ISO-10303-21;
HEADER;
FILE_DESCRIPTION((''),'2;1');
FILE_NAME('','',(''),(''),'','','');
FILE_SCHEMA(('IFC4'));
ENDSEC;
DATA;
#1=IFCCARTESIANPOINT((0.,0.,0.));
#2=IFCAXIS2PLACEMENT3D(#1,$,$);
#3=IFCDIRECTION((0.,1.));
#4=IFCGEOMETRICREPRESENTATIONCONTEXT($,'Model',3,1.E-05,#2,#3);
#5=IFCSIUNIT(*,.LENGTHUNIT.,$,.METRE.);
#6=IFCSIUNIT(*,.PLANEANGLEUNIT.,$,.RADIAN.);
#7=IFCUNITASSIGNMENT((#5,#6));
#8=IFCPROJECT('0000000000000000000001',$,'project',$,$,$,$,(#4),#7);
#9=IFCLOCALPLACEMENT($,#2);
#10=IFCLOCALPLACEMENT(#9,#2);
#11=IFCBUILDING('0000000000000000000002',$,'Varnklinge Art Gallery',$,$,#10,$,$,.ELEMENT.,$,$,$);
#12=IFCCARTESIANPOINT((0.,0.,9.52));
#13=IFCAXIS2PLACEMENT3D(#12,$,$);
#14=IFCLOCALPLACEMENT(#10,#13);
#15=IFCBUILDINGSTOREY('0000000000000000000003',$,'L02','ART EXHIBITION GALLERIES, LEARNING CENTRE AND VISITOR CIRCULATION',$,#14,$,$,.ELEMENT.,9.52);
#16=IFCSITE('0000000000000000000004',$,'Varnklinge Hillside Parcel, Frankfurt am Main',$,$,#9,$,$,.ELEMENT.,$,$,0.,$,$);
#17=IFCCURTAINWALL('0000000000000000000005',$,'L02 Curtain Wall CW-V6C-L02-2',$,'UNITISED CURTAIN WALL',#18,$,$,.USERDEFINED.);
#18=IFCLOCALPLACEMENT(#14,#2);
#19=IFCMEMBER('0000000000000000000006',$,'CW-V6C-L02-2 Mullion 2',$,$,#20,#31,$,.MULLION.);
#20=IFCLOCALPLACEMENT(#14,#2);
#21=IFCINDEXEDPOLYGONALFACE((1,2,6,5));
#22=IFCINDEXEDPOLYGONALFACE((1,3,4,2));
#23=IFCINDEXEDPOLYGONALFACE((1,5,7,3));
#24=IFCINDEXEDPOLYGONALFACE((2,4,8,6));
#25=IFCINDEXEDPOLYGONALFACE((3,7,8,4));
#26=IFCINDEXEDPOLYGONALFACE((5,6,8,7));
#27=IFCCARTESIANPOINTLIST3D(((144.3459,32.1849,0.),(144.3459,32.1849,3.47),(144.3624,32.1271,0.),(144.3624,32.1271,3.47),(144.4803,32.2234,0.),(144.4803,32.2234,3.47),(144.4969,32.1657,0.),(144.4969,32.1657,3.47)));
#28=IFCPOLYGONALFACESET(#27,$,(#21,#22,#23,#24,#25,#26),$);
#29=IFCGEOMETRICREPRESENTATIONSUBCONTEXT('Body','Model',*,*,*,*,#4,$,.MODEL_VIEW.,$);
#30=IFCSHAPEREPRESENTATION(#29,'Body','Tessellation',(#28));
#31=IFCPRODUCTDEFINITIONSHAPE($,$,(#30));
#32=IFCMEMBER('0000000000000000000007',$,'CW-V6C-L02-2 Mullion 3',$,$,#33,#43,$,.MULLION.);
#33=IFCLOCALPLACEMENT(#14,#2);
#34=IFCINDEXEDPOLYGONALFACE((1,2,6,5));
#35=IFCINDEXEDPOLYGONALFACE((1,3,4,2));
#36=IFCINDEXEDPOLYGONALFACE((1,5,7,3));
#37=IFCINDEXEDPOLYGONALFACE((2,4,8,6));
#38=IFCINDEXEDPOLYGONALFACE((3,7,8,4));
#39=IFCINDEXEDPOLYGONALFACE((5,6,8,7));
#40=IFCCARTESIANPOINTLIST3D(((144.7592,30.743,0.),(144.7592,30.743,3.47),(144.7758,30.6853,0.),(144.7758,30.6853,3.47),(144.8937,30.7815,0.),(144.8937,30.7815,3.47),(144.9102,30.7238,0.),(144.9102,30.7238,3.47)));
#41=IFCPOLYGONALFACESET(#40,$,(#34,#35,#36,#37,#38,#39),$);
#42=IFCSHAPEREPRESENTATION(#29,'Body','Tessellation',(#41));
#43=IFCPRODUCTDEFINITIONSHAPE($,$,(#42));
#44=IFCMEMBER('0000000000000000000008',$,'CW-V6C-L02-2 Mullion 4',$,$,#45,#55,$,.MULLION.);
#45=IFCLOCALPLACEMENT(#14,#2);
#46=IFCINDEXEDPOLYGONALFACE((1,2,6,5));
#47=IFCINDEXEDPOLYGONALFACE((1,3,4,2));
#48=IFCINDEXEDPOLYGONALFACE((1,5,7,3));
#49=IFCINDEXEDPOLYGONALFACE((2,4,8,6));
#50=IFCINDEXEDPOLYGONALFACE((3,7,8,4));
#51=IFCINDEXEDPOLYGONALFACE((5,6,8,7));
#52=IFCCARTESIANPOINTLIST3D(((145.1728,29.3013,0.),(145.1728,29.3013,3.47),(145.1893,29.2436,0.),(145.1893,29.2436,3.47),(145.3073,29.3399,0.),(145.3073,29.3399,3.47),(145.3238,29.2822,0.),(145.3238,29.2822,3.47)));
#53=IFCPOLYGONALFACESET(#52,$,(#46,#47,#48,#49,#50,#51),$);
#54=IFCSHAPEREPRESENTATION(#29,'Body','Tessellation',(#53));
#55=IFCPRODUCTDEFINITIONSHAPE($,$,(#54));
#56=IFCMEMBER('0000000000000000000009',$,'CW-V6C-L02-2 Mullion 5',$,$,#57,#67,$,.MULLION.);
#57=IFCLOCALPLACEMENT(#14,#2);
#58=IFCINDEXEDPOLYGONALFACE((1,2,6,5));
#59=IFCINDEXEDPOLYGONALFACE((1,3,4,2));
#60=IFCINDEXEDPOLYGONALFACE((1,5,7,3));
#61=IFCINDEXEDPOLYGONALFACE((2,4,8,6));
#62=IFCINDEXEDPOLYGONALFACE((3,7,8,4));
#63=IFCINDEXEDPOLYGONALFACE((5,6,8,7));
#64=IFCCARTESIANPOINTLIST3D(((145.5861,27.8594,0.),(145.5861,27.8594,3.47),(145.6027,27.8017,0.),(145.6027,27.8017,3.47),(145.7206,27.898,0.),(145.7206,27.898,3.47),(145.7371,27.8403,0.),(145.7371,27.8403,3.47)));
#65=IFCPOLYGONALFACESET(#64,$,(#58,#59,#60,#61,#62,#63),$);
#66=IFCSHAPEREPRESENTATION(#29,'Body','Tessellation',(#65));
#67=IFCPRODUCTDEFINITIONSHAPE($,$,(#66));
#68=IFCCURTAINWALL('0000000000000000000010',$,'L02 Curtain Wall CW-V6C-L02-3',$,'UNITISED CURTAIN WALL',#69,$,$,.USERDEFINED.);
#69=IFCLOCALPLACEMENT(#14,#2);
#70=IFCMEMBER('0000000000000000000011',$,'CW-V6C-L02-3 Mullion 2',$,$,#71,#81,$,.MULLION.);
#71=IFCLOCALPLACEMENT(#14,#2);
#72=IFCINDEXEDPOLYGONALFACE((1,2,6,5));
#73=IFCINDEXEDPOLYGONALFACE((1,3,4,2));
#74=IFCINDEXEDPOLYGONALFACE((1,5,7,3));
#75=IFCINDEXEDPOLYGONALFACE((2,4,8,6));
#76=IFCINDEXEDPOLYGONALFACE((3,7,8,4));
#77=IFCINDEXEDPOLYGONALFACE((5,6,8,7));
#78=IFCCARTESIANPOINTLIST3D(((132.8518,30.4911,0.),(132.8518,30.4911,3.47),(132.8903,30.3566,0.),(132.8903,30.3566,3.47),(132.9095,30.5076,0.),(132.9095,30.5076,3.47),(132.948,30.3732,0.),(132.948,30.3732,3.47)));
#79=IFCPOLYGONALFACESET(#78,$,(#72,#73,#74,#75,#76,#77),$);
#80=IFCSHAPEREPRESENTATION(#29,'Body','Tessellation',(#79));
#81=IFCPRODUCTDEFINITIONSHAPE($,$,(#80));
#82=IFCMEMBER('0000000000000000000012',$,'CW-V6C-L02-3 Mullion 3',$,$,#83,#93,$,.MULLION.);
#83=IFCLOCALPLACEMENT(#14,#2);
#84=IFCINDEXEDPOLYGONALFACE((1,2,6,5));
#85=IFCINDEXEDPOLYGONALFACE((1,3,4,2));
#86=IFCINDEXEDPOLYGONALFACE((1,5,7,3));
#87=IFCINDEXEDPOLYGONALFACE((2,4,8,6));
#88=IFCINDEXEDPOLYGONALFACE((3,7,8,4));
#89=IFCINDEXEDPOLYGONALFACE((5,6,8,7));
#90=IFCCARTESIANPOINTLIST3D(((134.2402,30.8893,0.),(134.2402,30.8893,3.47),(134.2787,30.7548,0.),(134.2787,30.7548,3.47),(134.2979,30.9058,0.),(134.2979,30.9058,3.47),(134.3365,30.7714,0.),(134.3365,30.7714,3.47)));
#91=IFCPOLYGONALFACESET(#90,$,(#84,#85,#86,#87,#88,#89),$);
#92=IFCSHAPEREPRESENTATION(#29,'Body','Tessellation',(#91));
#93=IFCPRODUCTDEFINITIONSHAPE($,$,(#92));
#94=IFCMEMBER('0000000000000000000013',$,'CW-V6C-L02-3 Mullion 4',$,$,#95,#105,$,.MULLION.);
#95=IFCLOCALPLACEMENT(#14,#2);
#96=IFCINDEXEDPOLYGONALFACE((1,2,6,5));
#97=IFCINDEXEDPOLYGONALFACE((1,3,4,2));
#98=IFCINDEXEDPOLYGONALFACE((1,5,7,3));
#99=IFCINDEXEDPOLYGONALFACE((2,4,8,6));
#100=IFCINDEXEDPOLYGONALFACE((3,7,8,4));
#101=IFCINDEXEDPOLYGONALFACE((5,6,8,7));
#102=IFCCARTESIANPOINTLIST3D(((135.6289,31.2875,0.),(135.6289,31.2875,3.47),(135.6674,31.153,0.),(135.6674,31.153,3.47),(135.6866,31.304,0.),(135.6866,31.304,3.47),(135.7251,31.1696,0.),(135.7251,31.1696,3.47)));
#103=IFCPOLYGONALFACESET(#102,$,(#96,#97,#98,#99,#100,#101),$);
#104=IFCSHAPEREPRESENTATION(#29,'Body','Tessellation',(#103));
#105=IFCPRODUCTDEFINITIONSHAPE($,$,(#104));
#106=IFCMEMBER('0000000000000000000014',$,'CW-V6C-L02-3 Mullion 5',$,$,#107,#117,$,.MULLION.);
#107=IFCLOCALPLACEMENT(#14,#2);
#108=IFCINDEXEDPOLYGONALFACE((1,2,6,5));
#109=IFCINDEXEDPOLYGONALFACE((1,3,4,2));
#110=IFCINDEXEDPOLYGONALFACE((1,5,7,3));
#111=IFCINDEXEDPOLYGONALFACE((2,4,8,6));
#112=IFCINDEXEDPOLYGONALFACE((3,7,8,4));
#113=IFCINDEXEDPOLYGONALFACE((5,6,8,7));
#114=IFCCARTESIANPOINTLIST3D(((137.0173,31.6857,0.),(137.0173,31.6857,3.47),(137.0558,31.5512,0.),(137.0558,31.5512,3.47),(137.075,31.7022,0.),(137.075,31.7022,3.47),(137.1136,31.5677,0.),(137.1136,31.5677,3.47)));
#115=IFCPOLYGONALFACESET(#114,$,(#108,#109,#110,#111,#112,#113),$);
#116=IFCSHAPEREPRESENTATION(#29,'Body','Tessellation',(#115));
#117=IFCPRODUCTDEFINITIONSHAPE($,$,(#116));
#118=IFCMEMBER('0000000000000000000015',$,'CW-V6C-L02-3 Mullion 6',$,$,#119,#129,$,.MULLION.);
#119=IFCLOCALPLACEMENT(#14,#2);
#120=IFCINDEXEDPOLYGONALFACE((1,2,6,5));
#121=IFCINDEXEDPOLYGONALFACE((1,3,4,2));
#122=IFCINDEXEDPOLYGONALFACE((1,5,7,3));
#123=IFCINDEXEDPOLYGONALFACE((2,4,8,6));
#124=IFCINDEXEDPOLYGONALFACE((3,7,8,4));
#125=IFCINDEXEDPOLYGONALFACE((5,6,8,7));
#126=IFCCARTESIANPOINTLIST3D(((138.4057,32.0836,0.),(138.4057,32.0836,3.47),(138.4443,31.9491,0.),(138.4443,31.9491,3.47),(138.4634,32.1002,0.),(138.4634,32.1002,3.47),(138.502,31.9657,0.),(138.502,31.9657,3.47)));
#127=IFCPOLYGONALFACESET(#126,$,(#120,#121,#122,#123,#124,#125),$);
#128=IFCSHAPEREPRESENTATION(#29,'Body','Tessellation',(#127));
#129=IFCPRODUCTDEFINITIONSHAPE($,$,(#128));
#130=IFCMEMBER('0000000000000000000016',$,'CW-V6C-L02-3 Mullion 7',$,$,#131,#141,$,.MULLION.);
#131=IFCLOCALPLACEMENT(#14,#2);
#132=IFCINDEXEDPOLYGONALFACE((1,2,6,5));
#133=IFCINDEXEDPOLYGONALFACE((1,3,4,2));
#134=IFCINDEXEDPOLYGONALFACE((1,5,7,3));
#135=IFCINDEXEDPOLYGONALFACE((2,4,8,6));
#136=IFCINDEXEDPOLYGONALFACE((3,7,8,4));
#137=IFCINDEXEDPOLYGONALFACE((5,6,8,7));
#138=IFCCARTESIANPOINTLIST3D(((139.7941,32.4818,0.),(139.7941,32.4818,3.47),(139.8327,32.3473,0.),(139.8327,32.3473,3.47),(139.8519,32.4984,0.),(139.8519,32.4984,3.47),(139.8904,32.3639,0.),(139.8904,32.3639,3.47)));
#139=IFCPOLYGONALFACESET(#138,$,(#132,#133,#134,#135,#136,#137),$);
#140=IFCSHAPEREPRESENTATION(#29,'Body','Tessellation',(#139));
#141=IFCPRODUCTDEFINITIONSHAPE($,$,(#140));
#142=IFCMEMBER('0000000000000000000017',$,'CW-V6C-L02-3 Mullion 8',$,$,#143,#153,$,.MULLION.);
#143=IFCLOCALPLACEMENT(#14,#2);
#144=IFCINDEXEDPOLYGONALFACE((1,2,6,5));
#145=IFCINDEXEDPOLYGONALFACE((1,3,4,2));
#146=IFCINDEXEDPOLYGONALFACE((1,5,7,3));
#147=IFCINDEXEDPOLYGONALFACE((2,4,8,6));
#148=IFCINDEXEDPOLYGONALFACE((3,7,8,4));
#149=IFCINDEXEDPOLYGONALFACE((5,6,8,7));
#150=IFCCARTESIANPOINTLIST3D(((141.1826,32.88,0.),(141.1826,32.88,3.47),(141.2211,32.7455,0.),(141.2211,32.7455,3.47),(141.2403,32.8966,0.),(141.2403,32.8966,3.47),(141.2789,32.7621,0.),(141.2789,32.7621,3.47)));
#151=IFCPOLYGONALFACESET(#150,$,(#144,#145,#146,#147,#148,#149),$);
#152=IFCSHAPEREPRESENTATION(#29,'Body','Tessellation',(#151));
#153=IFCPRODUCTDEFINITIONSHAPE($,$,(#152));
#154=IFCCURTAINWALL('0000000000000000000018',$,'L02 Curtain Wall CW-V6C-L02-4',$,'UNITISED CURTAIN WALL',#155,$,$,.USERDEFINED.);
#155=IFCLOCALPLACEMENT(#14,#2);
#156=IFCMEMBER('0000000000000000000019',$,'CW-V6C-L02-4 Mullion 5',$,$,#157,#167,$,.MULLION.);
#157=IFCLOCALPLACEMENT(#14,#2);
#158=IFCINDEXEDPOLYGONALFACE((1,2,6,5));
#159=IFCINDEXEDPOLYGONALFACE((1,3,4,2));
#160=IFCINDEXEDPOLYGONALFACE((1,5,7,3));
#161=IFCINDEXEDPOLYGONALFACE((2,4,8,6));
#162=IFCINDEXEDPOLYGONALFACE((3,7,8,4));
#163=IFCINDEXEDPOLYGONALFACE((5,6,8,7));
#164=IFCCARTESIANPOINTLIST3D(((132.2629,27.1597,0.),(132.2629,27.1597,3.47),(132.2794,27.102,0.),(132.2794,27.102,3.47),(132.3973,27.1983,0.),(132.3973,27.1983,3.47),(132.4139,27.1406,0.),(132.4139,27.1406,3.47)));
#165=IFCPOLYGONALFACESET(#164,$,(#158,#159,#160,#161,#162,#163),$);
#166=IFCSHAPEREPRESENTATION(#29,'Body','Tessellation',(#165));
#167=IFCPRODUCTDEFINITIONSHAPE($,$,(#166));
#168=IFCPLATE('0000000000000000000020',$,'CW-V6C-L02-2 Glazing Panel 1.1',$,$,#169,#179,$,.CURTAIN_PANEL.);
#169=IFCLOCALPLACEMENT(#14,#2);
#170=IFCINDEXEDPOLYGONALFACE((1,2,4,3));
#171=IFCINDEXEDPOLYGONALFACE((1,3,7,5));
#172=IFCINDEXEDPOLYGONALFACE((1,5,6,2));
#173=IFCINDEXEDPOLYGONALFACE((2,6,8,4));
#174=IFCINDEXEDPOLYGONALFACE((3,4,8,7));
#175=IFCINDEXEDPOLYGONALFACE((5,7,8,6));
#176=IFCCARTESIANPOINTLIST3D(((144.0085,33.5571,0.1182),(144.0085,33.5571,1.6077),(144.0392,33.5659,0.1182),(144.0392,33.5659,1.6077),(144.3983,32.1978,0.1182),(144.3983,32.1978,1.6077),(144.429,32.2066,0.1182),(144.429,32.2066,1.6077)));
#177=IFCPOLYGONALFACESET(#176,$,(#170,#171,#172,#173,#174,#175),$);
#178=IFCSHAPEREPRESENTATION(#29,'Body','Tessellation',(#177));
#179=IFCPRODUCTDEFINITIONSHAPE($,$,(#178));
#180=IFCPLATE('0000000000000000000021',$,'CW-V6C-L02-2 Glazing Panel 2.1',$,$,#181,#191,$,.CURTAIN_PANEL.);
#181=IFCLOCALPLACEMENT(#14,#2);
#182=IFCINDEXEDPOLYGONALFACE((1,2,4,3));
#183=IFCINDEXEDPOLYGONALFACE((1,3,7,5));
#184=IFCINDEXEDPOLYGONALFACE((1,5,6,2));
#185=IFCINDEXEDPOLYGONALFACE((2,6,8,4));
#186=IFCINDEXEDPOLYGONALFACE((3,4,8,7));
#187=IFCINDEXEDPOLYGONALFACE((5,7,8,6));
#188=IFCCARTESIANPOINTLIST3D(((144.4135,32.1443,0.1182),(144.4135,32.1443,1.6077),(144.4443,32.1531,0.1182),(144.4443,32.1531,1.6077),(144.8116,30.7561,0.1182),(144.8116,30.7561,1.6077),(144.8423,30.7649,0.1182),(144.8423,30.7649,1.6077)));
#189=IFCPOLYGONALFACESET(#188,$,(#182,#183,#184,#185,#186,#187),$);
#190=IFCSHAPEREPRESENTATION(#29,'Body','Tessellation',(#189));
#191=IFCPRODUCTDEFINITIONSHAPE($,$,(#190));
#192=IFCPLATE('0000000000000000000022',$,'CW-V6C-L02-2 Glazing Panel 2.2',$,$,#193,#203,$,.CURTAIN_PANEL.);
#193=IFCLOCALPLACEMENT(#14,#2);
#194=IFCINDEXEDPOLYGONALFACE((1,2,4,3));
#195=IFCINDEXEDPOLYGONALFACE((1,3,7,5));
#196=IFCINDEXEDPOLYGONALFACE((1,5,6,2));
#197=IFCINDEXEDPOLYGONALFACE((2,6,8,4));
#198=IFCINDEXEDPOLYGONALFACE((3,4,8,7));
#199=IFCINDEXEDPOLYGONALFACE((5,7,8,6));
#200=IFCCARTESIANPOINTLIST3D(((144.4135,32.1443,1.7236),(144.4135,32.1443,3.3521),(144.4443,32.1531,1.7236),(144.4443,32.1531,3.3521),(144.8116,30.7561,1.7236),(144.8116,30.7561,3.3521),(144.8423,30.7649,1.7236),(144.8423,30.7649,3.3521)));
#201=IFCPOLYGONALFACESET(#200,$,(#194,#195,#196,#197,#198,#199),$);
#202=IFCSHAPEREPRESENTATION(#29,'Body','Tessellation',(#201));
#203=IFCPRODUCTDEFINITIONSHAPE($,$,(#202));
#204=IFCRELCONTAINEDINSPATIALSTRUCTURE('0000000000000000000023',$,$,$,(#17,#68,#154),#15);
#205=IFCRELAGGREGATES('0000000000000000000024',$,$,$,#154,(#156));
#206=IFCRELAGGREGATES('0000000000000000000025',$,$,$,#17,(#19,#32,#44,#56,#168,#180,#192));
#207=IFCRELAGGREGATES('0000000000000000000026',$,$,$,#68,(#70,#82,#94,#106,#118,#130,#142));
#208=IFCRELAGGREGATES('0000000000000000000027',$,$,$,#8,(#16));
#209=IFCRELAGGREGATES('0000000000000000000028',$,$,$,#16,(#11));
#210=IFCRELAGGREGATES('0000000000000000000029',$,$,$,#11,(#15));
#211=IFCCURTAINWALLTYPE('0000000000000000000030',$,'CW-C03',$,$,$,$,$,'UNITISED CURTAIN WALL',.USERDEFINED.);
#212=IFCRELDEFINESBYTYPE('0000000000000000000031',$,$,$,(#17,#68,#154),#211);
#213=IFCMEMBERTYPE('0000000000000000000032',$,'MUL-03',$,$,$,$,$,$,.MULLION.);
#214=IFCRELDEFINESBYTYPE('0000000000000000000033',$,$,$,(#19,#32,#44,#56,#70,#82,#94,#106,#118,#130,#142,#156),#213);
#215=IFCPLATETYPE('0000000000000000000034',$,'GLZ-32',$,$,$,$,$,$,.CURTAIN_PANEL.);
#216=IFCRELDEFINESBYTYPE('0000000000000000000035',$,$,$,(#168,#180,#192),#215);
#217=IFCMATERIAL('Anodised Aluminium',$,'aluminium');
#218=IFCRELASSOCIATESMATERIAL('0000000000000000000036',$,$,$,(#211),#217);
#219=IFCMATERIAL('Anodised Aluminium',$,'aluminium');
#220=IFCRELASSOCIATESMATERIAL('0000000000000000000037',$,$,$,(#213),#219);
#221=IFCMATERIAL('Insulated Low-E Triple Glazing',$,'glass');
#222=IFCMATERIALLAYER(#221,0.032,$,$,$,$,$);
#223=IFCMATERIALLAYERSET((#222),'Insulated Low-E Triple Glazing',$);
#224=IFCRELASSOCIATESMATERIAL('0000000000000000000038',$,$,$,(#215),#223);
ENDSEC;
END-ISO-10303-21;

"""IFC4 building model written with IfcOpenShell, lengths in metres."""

from ifc_helpers import new_model, si_unit, direction, frame, origin, origin_2d, place, context, subcontext, project, spatial, rectangle, extrude, material, layer, layer_set, material_profile, profile_set, type_object, element, aggregate, save


model = new_model("IFC4")

# Units and contexts
model_context = context("Model", 3, precision=1e-05, world=origin(), true_north=direction((0.0, 1.0)))
body_context = subcontext(model_context, "Body", "Model", "MODEL_VIEW")
ifc_project = project(units=[si_unit("LENGTHUNIT", "METRE"), si_unit("PLANEANGLEUNIT", "RADIAN")], contexts=[model_context])

# Site, building, storey
site_placement = place(None, origin())
site = spatial("IfcSite", under=ifc_project, at=site_placement, Name="Varnklinge Hillside Parcel, Frankfurt am Main", CompositionType="ELEMENT", RefElevation=0.0)
building_placement = place(site_placement, origin())
building = spatial("IfcBuilding", under=site, at=building_placement, Name="Varnklinge Art Gallery", CompositionType="ELEMENT")
storey_placement = place(building_placement, frame((0.0, 0.0, 9.52)))
storey = spatial("IfcBuildingStorey", under=building, at=storey_placement, Name="L02", Description="ART EXHIBITION GALLERIES, LEARNING CENTRE AND VISITOR CIRCULATION", CompositionType="ELEMENT", Elevation=9.52)

# Curtain walls, members
ifc_material_1 = material(Name="Anodised Aluminium", Category="aluminium")
curtain_wall_type = type_object("IfcCurtainWallType", Name="CW-C03", ElementType="UNITISED CURTAIN WALL", PredefinedType="USERDEFINED", material=ifc_material_1)
curtain_wall_1_placement = place(storey_placement, origin())
curtain_wall_1 = element("IfcCurtainWall", 1, at=curtain_wall_1_placement, inside=storey, type_object=curtain_wall_type, Name="L02 Curtain Wall CW-V6C-L02-2", ObjectType="UNITISED CURTAIN WALL", PredefinedType="USERDEFINED")
ifc_material_2 = material(Name="Anodised Aluminium", Category="aluminium")
ifc_material_profile_1 = material_profile(ifc_material_2, rectangle(XDim=0.0601, YDim=0.1399, at=origin_2d()), Name="ALU 60x140")
ifc_profile_set_1 = profile_set([ifc_material_profile_1], Name="Anodised Aluminium")
member_type = type_object("IfcMemberType", Name="MUL-03", PredefinedType="MULLION", material=ifc_profile_set_1)
member_1_placement = place(storey_placement, frame((144.4214, 32.1753, 0.0), z_axis=(0.0, 0.0, 1.0), x_axis=(0.275637, -0.961262, 0.0)))
member_1 = element("IfcMember", 2, at=member_1_placement, type_object=member_type, Name="CW-V6C-L02-2 Mullion 2", PredefinedType="MULLION", context=body_context, shape_type="SweptSolid", body=[
    extrude(rectangle(XDim=0.0601, YDim=0.1399, at=origin_2d()), origin(), (0.0, 0.0, 1.0), 3.47),
])
member_2_placement = place(storey_placement, frame((144.8347, 30.7334, 0.0), z_axis=(0.0, 0.0, 1.0), x_axis=(0.275637, -0.961262, 0.0)))
member_2 = element("IfcMember", 3, at=member_2_placement, type_object=member_type, Name="CW-V6C-L02-2 Mullion 3", PredefinedType="MULLION", context=body_context, shape_type="SweptSolid", body=[
    extrude(rectangle(XDim=0.0601, YDim=0.1399, at=origin_2d()), origin(), (0.0, 0.0, 1.0), 3.47),
])
member_3_placement = place(storey_placement, frame((145.2483, 29.2917, 0.0), z_axis=(0.0, 0.0, 1.0), x_axis=(0.275637, -0.961262, 0.0)))
member_3 = element("IfcMember", 4, at=member_3_placement, type_object=member_type, Name="CW-V6C-L02-2 Mullion 4", PredefinedType="MULLION", context=body_context, shape_type="SweptSolid", body=[
    extrude(rectangle(XDim=0.0601, YDim=0.1399, at=origin_2d()), origin(), (0.0, 0.0, 1.0), 3.47),
])
member_4_placement = place(storey_placement, frame((145.6616, 27.8499, 0.0), z_axis=(0.0, 0.0, 1.0), x_axis=(0.275637, -0.961262, 0.0)))
member_4 = element("IfcMember", 5, at=member_4_placement, type_object=member_type, Name="CW-V6C-L02-2 Mullion 5", PredefinedType="MULLION", context=body_context, shape_type="SweptSolid", body=[
    extrude(rectangle(XDim=0.0601, YDim=0.1399, at=origin_2d()), origin(), (0.0, 0.0, 1.0), 3.47),
])
curtain_wall_2_placement = place(storey_placement, origin())
curtain_wall_2 = element("IfcCurtainWall", 6, at=curtain_wall_2_placement, inside=storey, type_object=curtain_wall_type, Name="L02 Curtain Wall CW-V6C-L02-3", ObjectType="UNITISED CURTAIN WALL", PredefinedType="USERDEFINED")
member_5_placement = place(storey_placement, frame((132.8999, 30.4321, 0.0), z_axis=(0.0, 0.0, 1.0), x_axis=(0.961262, 0.275637, 0.0)))
member_5 = element("IfcMember", 7, at=member_5_placement, type_object=member_type, Name="CW-V6C-L02-3 Mullion 2", PredefinedType="MULLION", context=body_context, shape_type="SweptSolid", body=[
    extrude(rectangle(XDim=0.0601, YDim=0.1399, at=origin_2d()), origin(), (0.0, 0.0, 1.0), 3.47),
])
member_6_placement = place(storey_placement, frame((134.2883, 30.8303, 0.0), z_axis=(0.0, 0.0, 1.0), x_axis=(0.961262, 0.275637, 0.0)))
member_6 = element("IfcMember", 8, at=member_6_placement, type_object=member_type, Name="CW-V6C-L02-3 Mullion 3", PredefinedType="MULLION", context=body_context, shape_type="SweptSolid", body=[
    extrude(rectangle(XDim=0.0601, YDim=0.1399, at=origin_2d()), origin(), (0.0, 0.0, 1.0), 3.47),
])
member_7_placement = place(storey_placement, frame((135.677, 31.2285, 0.0), z_axis=(0.0, 0.0, 1.0), x_axis=(0.961262, 0.275637, 0.0)))
member_7 = element("IfcMember", 9, at=member_7_placement, type_object=member_type, Name="CW-V6C-L02-3 Mullion 4", PredefinedType="MULLION", context=body_context, shape_type="SweptSolid", body=[
    extrude(rectangle(XDim=0.0601, YDim=0.1399, at=origin_2d()), origin(), (0.0, 0.0, 1.0), 3.47),
])
member_8_placement = place(storey_placement, frame((137.0654, 31.6267, 0.0), z_axis=(0.0, 0.0, 1.0), x_axis=(0.961262, 0.275637, 0.0)))
member_8 = element("IfcMember", 10, at=member_8_placement, type_object=member_type, Name="CW-V6C-L02-3 Mullion 5", PredefinedType="MULLION", context=body_context, shape_type="SweptSolid", body=[
    extrude(rectangle(XDim=0.0601, YDim=0.1399, at=origin_2d()), origin(), (0.0, 0.0, 1.0), 3.47),
])
member_9_placement = place(storey_placement, frame((138.4539, 32.0247, 0.0), z_axis=(0.0, 0.0, 1.0), x_axis=(0.961262, 0.275637, 0.0)))
member_9 = element("IfcMember", 11, at=member_9_placement, type_object=member_type, Name="CW-V6C-L02-3 Mullion 6", PredefinedType="MULLION", context=body_context, shape_type="SweptSolid", body=[
    extrude(rectangle(XDim=0.0601, YDim=0.1399, at=origin_2d()), origin(), (0.0, 0.0, 1.0), 3.47),
])
member_10_placement = place(storey_placement, frame((139.8423, 32.4229, 0.0), z_axis=(0.0, 0.0, 1.0), x_axis=(0.961262, 0.275637, 0.0)))
member_10 = element("IfcMember", 12, at=member_10_placement, type_object=member_type, Name="CW-V6C-L02-3 Mullion 7", PredefinedType="MULLION", context=body_context, shape_type="SweptSolid", body=[
    extrude(rectangle(XDim=0.0601, YDim=0.1399, at=origin_2d()), origin(), (0.0, 0.0, 1.0), 3.47),
])
member_11_placement = place(storey_placement, frame((141.2307, 32.821, 0.0), z_axis=(0.0, 0.0, 1.0), x_axis=(0.961262, 0.275637, 0.0)))
member_11 = element("IfcMember", 13, at=member_11_placement, type_object=member_type, Name="CW-V6C-L02-3 Mullion 8", PredefinedType="MULLION", context=body_context, shape_type="SweptSolid", body=[
    extrude(rectangle(XDim=0.0601, YDim=0.1399, at=origin_2d()), origin(), (0.0, 0.0, 1.0), 3.47),
])

# Curtain wall, member
curtain_wall_3_placement = place(storey_placement, origin())
curtain_wall_3 = element("IfcCurtainWall", 14, at=curtain_wall_3_placement, inside=storey, type_object=curtain_wall_type, Name="L02 Curtain Wall CW-V6C-L02-4", ObjectType="UNITISED CURTAIN WALL", PredefinedType="USERDEFINED")
member_12_placement = place(storey_placement, frame((132.3384, 27.1501, 0.0), z_axis=(0.0, 0.0, 1.0), x_axis=(-0.275637, 0.961262, 0.0)))
member_12 = element("IfcMember", 15, at=member_12_placement, type_object=member_type, Name="CW-V6C-L02-4 Mullion 5", PredefinedType="MULLION", context=body_context, shape_type="SweptSolid", body=[
    extrude(rectangle(XDim=0.0601, YDim=0.1399, at=origin_2d()), origin(), (0.0, 0.0, 1.0), 3.47),
])
aggregate(curtain_wall_3, [member_12])

# Plates
ifc_material_3 = material(Name="Insulated Low-E Triple Glazing", Category="glass")
ifc_layer_1 = layer(ifc_material_3, 0.032)
ifc_layer_set_1 = layer_set([ifc_layer_1], Name="Insulated Low-E Triple Glazing")
plate_type = type_object("IfcPlateType", Name="GLZ-32", PredefinedType="CURTAIN_PANEL", material=ifc_layer_set_1)
plate_1_placement = place(storey_placement, frame((144.2188, 32.8818, 0.1182), z_axis=(0.0, 0.0, 1.0), x_axis=(0.275637, -0.961262, 0.0)))
plate_1 = element("IfcPlate", 16, at=plate_1_placement, type_object=plate_type, Name="CW-V6C-L02-2 Glazing Panel 1.1", PredefinedType="CURTAIN_PANEL", context=body_context, shape_type="SweptSolid", body=[
    extrude(rectangle(XDim=1.4141, YDim=0.032, at=origin_2d()), origin(), (0.0, 0.0, 1.0), 1.4895),
])
plate_2_placement = place(storey_placement, frame((144.6279, 31.4546, 0.1182), z_axis=(0.0, 0.0, 1.0), x_axis=(0.275637, -0.961262, 0.0)))
plate_2 = element("IfcPlate", 17, at=plate_2_placement, type_object=plate_type, Name="CW-V6C-L02-2 Glazing Panel 2.1", PredefinedType="CURTAIN_PANEL", context=body_context, shape_type="SweptSolid", body=[
    extrude(rectangle(XDim=1.4441, YDim=0.032, at=origin_2d()), origin(), (0.0, 0.0, 1.0), 1.4895),
])
plate_3_placement = place(storey_placement, frame((144.6279, 31.4546, 1.7236), z_axis=(0.0, 0.0, 1.0), x_axis=(0.275637, -0.961262, 0.0)))
plate_3 = element("IfcPlate", 18, at=plate_3_placement, type_object=plate_type, Name="CW-V6C-L02-2 Glazing Panel 2.2", PredefinedType="CURTAIN_PANEL", context=body_context, shape_type="SweptSolid", body=[
    extrude(rectangle(XDim=1.4441, YDim=0.032, at=origin_2d()), origin(), (0.0, 0.0, 1.0), 1.6284),
])
aggregate(curtain_wall_1, [member_1, member_2, member_3, member_4, plate_1, plate_2, plate_3])
aggregate(curtain_wall_2, [member_5, member_6, member_7, member_8, member_9, member_10, member_11])

save(model, "model.ifc")
